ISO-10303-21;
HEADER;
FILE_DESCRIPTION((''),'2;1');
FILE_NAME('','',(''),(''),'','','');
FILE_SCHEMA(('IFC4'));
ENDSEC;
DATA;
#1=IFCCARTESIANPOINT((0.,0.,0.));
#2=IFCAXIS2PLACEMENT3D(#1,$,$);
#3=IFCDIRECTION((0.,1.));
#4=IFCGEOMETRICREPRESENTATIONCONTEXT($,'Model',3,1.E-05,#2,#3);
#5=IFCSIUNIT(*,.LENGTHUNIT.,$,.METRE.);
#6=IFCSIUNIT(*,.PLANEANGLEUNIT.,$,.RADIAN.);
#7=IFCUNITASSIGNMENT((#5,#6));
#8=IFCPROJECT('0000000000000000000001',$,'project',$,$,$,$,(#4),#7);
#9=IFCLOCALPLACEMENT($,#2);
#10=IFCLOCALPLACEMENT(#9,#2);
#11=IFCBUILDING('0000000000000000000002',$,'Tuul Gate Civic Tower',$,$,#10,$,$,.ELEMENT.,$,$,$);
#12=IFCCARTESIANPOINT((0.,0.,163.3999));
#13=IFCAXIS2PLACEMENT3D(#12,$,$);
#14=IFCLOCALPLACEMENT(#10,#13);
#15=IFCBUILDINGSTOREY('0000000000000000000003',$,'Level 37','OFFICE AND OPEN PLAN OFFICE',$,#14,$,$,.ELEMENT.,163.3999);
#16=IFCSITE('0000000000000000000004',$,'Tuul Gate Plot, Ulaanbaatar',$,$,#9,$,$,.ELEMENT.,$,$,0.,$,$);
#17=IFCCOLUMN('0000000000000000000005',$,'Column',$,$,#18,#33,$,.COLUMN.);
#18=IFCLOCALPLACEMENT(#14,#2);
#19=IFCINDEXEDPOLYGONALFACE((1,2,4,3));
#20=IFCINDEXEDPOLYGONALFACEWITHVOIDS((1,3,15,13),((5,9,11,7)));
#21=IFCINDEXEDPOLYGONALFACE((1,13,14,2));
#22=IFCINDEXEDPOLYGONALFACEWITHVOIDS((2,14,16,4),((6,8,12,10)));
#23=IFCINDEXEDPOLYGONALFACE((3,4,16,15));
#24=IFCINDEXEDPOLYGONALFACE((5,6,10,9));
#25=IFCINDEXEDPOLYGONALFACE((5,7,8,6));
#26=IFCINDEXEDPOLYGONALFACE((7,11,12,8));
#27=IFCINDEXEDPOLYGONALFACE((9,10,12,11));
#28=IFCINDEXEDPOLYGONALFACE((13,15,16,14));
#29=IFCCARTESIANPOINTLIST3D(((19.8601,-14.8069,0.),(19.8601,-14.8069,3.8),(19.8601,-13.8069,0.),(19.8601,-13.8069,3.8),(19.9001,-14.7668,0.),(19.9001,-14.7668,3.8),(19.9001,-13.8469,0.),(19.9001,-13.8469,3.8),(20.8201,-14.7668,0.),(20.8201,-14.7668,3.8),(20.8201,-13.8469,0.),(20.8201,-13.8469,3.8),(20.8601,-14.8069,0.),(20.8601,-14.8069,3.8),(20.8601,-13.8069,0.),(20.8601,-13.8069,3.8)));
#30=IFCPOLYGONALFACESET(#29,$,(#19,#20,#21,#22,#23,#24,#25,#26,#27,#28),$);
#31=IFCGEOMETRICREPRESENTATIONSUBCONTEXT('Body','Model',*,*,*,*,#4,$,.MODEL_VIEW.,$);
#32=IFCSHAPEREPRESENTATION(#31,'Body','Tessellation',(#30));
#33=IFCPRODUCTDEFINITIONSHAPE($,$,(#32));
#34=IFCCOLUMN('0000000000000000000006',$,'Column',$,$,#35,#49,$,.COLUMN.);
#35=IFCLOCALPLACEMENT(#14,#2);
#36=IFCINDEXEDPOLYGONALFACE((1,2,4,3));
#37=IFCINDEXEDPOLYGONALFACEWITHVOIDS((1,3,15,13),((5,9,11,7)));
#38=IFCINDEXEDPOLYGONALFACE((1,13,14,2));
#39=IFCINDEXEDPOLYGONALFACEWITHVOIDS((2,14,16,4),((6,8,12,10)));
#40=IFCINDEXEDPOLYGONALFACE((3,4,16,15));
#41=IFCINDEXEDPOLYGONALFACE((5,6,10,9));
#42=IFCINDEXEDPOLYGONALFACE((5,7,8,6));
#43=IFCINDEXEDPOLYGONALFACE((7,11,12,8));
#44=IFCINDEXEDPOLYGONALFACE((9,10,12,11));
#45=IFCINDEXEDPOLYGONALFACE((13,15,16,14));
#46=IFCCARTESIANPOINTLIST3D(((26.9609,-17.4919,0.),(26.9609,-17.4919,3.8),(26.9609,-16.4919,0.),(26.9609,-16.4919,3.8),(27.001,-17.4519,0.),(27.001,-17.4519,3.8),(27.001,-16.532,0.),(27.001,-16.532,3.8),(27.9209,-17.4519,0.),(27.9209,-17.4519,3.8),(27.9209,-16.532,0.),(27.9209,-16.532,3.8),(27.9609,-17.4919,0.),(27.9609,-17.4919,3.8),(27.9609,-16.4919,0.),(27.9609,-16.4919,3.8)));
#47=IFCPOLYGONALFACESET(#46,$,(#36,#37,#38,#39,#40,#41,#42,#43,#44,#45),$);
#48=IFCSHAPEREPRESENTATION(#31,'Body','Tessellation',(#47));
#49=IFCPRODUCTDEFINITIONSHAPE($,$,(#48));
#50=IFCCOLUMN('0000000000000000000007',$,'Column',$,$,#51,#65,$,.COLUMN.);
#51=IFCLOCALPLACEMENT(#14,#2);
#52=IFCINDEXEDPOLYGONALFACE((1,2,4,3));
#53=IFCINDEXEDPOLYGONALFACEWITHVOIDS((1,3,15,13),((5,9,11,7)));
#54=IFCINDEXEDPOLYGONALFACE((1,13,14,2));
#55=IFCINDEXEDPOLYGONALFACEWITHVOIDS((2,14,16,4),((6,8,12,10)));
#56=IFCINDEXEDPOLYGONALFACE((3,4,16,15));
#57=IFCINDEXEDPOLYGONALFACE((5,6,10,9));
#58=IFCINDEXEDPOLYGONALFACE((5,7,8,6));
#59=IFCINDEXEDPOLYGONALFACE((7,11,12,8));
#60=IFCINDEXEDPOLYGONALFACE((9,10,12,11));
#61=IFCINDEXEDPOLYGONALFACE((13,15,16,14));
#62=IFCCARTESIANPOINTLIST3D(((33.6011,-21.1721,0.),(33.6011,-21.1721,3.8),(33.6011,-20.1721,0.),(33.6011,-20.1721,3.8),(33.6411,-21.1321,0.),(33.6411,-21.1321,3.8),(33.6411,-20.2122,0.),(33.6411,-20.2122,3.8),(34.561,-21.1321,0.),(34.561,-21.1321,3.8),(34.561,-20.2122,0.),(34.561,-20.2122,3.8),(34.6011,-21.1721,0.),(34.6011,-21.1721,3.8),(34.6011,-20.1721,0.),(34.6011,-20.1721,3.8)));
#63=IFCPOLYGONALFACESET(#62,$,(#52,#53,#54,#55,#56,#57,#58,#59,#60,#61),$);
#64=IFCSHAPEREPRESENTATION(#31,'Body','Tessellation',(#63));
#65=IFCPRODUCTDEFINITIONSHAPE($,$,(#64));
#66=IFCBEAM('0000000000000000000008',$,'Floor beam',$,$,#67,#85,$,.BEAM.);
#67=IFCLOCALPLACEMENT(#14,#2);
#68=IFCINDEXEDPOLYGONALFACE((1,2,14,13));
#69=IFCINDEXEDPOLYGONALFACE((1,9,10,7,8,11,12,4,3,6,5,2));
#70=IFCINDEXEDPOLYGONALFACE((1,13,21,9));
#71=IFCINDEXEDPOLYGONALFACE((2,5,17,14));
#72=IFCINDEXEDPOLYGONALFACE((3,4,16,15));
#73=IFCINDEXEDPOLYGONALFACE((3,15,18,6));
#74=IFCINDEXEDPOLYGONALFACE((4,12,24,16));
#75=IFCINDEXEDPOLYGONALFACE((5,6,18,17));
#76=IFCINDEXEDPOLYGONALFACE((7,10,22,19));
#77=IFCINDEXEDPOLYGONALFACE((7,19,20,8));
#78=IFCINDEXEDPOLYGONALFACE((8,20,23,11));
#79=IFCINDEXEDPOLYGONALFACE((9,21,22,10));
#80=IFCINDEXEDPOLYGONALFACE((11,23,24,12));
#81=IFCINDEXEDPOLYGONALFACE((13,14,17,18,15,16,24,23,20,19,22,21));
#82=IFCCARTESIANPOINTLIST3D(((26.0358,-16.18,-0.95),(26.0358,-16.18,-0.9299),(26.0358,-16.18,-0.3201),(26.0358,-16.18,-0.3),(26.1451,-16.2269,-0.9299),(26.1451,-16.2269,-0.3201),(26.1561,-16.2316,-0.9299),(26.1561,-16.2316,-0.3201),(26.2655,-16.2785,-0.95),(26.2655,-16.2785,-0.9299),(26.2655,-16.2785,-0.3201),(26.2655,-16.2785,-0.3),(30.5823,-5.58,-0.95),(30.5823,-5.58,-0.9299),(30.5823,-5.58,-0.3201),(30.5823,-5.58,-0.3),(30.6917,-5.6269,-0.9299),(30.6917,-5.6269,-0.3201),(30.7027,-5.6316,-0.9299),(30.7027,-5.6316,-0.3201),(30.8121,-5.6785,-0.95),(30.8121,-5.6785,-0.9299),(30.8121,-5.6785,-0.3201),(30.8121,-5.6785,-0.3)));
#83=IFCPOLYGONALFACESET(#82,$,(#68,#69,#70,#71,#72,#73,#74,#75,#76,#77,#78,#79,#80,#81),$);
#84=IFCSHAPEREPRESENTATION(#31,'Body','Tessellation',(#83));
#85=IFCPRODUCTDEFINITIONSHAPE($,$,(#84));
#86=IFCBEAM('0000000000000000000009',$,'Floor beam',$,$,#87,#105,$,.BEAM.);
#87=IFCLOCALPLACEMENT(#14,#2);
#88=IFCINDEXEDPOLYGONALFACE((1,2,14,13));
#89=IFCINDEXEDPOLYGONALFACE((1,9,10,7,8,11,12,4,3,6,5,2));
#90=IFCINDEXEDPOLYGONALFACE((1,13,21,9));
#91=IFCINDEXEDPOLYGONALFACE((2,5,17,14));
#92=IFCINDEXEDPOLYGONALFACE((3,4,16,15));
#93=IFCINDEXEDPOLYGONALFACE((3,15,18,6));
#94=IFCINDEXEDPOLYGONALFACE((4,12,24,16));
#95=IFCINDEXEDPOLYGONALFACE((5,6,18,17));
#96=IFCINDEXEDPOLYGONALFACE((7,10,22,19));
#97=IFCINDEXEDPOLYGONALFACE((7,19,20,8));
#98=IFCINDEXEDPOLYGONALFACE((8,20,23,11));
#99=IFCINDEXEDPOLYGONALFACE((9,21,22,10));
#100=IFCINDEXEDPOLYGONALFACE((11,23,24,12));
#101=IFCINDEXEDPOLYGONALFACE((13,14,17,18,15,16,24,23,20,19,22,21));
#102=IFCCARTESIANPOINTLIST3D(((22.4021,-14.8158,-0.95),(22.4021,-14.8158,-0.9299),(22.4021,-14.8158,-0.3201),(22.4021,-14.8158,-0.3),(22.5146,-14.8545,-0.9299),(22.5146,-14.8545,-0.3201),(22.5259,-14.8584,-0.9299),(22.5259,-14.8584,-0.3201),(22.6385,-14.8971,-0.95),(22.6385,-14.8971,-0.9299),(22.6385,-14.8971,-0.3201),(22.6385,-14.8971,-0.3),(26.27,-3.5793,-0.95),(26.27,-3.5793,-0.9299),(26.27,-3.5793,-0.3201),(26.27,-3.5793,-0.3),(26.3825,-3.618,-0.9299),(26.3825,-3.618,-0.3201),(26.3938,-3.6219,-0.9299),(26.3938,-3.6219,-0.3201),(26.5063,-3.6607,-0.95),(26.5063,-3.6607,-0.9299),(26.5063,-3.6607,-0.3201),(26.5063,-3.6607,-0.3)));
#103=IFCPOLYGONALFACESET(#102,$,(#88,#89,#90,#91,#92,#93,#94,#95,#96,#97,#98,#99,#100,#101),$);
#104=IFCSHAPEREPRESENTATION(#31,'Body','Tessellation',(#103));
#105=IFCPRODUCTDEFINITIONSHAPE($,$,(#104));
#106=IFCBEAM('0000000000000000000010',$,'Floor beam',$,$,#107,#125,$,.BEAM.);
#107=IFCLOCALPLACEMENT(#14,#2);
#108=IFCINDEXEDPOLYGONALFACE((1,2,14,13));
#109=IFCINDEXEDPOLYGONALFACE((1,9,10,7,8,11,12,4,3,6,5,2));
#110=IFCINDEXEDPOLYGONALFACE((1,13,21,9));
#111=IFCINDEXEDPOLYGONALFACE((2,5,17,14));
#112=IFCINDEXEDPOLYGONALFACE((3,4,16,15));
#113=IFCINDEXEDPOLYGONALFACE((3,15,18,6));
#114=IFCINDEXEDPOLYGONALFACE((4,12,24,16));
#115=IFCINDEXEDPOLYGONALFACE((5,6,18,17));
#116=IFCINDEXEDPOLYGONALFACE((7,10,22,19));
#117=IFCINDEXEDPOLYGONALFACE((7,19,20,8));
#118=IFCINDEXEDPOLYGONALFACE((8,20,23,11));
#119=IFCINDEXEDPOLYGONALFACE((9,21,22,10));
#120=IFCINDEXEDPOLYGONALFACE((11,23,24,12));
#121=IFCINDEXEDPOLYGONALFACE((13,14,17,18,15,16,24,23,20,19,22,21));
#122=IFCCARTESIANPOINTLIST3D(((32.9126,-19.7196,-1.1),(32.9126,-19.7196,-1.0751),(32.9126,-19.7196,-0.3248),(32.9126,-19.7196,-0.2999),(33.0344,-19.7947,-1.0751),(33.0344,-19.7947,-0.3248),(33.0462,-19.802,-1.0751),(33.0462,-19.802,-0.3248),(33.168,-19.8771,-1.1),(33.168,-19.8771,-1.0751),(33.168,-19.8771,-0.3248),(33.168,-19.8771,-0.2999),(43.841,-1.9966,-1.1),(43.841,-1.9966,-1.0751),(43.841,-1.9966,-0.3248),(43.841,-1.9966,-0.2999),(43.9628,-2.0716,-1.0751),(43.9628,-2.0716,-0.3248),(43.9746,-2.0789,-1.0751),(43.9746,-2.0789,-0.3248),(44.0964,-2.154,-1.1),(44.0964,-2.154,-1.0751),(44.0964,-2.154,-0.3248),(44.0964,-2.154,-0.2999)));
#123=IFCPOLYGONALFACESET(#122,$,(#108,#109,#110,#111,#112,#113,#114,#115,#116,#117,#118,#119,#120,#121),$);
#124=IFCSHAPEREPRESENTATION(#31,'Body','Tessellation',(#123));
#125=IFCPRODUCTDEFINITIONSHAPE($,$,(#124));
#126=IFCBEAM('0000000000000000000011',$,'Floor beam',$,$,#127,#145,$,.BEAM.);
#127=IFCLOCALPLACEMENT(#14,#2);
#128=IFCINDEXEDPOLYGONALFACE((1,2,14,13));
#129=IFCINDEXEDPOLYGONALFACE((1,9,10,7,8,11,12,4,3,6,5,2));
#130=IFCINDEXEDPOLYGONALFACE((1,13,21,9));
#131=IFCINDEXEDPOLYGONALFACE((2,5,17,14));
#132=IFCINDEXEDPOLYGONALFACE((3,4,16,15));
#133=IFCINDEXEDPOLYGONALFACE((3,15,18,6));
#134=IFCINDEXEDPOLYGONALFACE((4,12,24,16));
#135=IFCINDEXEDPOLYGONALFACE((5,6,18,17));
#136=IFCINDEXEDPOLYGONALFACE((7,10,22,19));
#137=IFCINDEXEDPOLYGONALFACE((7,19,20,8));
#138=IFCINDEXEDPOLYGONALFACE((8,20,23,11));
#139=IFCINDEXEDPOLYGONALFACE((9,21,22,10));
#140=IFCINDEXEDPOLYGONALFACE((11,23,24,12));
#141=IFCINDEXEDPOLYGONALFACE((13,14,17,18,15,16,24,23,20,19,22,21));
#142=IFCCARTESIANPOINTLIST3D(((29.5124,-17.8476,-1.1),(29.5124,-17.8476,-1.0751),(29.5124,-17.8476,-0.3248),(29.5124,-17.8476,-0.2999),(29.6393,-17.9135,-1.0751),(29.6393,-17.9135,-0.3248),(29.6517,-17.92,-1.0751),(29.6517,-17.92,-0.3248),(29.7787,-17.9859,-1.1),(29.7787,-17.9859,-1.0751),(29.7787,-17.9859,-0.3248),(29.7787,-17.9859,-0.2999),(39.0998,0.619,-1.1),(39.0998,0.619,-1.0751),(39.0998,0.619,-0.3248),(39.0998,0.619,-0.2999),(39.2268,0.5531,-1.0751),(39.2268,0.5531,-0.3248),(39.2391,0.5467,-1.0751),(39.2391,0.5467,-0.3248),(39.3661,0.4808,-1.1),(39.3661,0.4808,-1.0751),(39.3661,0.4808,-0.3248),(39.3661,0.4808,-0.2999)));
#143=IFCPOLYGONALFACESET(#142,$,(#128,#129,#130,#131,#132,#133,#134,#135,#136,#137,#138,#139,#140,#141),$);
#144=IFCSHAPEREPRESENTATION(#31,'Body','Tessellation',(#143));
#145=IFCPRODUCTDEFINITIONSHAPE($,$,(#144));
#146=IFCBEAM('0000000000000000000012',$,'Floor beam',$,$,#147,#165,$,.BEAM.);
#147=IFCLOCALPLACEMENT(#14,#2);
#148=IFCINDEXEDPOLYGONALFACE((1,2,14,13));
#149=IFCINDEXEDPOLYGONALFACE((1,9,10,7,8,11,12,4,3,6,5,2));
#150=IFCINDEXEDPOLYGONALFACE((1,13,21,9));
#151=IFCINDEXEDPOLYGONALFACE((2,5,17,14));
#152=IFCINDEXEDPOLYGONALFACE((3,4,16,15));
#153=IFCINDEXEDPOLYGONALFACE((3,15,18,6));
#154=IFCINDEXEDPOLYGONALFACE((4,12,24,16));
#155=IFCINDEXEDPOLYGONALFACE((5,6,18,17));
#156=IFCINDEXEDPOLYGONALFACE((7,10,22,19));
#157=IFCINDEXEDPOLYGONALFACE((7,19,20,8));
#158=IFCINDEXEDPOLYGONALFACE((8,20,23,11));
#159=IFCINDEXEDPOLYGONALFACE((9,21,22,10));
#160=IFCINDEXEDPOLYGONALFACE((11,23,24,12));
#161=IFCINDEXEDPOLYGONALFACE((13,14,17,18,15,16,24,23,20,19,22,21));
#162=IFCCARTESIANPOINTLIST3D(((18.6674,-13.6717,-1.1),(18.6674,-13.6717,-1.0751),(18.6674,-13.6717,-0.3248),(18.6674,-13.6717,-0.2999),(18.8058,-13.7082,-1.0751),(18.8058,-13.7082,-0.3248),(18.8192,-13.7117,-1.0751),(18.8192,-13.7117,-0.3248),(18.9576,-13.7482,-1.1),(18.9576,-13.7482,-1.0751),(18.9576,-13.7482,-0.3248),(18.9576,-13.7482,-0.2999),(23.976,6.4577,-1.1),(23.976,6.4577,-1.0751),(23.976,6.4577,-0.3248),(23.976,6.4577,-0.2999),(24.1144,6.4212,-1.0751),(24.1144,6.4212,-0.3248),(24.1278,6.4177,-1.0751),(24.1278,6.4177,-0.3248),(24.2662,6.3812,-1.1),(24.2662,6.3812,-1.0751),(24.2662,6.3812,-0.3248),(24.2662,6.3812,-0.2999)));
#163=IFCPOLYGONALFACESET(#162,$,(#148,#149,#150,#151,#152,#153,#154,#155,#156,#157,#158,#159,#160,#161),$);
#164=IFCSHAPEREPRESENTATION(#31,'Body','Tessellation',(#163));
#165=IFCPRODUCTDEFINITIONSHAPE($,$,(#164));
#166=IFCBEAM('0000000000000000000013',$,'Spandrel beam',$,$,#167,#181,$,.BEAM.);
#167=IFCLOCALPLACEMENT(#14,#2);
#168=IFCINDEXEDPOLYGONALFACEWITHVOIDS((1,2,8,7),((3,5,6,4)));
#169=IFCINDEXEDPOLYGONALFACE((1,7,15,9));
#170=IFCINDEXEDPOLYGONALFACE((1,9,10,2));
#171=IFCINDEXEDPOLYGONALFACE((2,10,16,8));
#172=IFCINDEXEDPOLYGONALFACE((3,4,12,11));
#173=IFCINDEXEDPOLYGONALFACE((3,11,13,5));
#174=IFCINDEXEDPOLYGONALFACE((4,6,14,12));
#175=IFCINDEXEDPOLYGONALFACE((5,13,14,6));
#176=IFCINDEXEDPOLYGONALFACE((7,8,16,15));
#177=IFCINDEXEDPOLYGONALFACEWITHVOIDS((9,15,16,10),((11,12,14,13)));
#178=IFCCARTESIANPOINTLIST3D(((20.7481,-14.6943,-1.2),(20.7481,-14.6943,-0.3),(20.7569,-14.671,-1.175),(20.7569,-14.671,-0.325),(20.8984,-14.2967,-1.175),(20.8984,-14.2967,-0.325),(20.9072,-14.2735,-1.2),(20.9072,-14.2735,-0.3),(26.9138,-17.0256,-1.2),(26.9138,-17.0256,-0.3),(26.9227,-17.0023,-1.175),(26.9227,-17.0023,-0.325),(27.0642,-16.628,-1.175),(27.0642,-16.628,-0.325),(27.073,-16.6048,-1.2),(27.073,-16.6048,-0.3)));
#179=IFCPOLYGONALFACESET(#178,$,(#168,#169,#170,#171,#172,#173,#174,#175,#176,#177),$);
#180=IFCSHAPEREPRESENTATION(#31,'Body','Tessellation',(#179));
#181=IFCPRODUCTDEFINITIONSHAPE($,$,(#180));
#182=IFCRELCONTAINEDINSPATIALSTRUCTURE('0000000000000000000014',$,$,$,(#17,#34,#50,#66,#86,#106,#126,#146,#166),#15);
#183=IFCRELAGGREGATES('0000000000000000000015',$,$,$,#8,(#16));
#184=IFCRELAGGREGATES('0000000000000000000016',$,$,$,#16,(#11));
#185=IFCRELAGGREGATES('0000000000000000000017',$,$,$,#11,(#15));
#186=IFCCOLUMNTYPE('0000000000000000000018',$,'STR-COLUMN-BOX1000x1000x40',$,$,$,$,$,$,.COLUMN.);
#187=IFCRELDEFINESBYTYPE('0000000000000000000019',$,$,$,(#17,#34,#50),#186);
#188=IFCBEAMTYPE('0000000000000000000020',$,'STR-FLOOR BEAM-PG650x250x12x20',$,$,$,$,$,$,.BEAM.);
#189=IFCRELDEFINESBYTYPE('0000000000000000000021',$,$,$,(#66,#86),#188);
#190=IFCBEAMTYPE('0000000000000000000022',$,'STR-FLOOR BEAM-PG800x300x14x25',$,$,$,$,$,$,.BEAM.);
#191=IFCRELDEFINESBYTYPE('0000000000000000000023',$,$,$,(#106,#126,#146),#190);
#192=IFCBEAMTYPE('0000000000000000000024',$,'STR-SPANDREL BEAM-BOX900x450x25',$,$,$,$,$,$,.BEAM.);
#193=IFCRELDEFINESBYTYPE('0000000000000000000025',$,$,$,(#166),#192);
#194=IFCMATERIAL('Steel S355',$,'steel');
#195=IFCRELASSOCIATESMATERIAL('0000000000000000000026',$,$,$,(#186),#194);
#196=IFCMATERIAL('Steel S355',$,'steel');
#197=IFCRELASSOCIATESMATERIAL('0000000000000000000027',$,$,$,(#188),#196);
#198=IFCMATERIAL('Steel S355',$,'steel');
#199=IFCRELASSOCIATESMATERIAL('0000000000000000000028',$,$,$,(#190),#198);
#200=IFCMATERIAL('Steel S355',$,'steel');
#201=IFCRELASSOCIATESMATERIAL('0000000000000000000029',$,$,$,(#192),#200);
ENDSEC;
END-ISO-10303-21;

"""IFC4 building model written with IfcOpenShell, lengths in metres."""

from ifc_helpers import new_model, si_unit, direction, frame, origin, origin_2d, place, context, subcontext, project, spatial, hollow_rectangle, i_section, extrude, material, material_profile, profile_set, type_object, element, save


model = new_model("IFC4")

# Units and contexts
model_context = context("Model", 3, precision=1e-05, world=origin(), true_north=direction((0.0, 1.0)))
body_context = subcontext(model_context, "Body", "Model", "MODEL_VIEW")
ifc_project = project(units=[si_unit("LENGTHUNIT", "METRE"), si_unit("PLANEANGLEUNIT", "RADIAN")], contexts=[model_context])

# Site, building, storey
site_placement = place(None, origin())
site = spatial("IfcSite", under=ifc_project, at=site_placement, Name="Tuul Gate Plot, Ulaanbaatar", CompositionType="ELEMENT", RefElevation=0.0)
building_placement = place(site_placement, origin())
building = spatial("IfcBuilding", under=site, at=building_placement, Name="Tuul Gate Civic Tower", CompositionType="ELEMENT")
storey_placement = place(building_placement, frame((0.0, 0.0, 163.3999)))
storey = spatial("IfcBuildingStorey", under=building, at=storey_placement, Name="Level 37", Description="OFFICE AND OPEN PLAN OFFICE", CompositionType="ELEMENT", Elevation=163.3999)

# Columns
ifc_material_1 = material(Name="Steel S355", Category="steel")
ifc_material_profile_1 = material_profile(ifc_material_1, hollow_rectangle(XDim=1.0, YDim=1.0, WallThickness=0.04, at=origin_2d()), Name="BOX1000x1000x40")
ifc_profile_set_1 = profile_set([ifc_material_profile_1], Name="Steel S355")
column_type = type_object("IfcColumnType", Name="STR-COLUMN-BOX1000x1000x40", PredefinedType="COLUMN", material=ifc_profile_set_1)
for number, where, z_axis, x_axis, name in (
    (1, (20.3601, -14.3069, 0.0), (0.0, 0.0, 1.0), (1.0, 0.0, 0.0), "Column"),
    (2, (27.4609, -16.9919, 0.0), (0.0, 0.0, 1.0), (1.0, 0.0, 0.0), "Column"),
    (3, (34.1011, -20.6721, 0.0), (0.0, 0.0, 1.0), (1.0, 0.0, 0.0), "Column"),
):
    element("IfcColumn", number, at=place(storey_placement, frame(where, z_axis=z_axis, x_axis=x_axis)), inside=storey, type_object=column_type, Name=name, PredefinedType="COLUMN", context=body_context, shape_type="SweptSolid", body=[
        extrude(hollow_rectangle(XDim=1.0, YDim=1.0, WallThickness=0.04, at=origin_2d()), origin(), (0.0, 0.0, 1.0), 3.8),
    ])

# Beams
ifc_material_2 = material(Name="Steel S355", Category="steel")
ifc_material_profile_2 = material_profile(ifc_material_2, i_section(OverallWidth=0.25, OverallDepth=0.6499, WebThickness=0.012, FlangeThickness=0.02, at=origin_2d()), Name="PG650x250x12x20")
ifc_profile_set_2 = profile_set([ifc_material_profile_2], Name="Steel S355")
beam_type_1 = type_object("IfcBeamType", Name="STR-FLOOR BEAM-PG650x250x12x20", PredefinedType="BEAM", material=ifc_profile_set_2)
beam_1_placement = place(storey_placement, frame((26.1506, -16.2292, -0.625), z_axis=(0.394193, 0.919028, 0.0), x_axis=(-0.919028, 0.394193, 0.0)))
element("IfcBeam", 4, at=beam_1_placement, inside=storey, type_object=beam_type_1, Name="Floor beam", PredefinedType="BEAM", context=body_context, shape_type="SweptSolid", body=[
    extrude(i_section(OverallWidth=0.25, OverallDepth=0.6499, WebThickness=0.012, FlangeThickness=0.02, at=origin_2d()), origin(), (0.0, 0.0, 1.0), 11.5339),
])
beam_2_placement = place(storey_placement, frame((22.5203, -14.8564, -0.625), z_axis=(0.325482, 0.945548, 0.0), x_axis=(-0.945548, 0.325482, 0.0)))
element("IfcBeam", 5, at=beam_2_placement, inside=storey, type_object=beam_type_1, Name="Floor beam", PredefinedType="BEAM", context=body_context, shape_type="SweptSolid", body=[
    extrude(i_section(OverallWidth=0.25, OverallDepth=0.6499, WebThickness=0.012, FlangeThickness=0.02, at=origin_2d()), origin(), (0.0, 0.0, 1.0), 11.8835),
])
ifc_material_3 = material(Name="Steel S355", Category="steel")
ifc_material_profile_3 = material_profile(ifc_material_3, i_section(OverallWidth=0.3, OverallDepth=0.8, WebThickness=0.0139, FlangeThickness=0.0249, at=origin_2d()), Name="PG800x300x14x25")
ifc_profile_set_3 = profile_set([ifc_material_profile_3], Name="Steel S355")
beam_type_2 = type_object("IfcBeamType", Name="STR-FLOOR BEAM-PG800x300x14x25", PredefinedType="BEAM", material=ifc_profile_set_3)
beam_3_placement = place(storey_placement, frame((33.0403, -19.7983, -0.7), z_axis=(0.524861, 0.851188, 0.0), x_axis=(-0.851188, 0.524861, 0.0)))
element("IfcBeam", 6, at=beam_3_placement, inside=storey, type_object=beam_type_2, Name="Floor beam", PredefinedType="BEAM", context=body_context, shape_type="SweptSolid", body=[
    extrude(i_section(OverallWidth=0.3, OverallDepth=0.8, WebThickness=0.0139, FlangeThickness=0.0249, at=origin_2d()), origin(), (0.0, 0.0, 1.0), 20.8215),
])
beam_4_placement = place(storey_placement, frame((29.6455, -17.9167, -0.7), z_axis=(0.460777, 0.887516, 0.0), x_axis=(-0.887516, 0.460777, 0.0)))
element("IfcBeam", 7, at=beam_4_placement, inside=storey, type_object=beam_type_2, Name="Floor beam", PredefinedType="BEAM", context=body_context, shape_type="SweptSolid", body=[
    extrude(i_section(OverallWidth=0.3, OverallDepth=0.8, WebThickness=0.0139, FlangeThickness=0.0249, at=origin_2d()), origin(), (0.0, 0.0, 1.0), 20.8071),
])
beam_5_placement = place(storey_placement, frame((18.8125, -13.71, -0.7), z_axis=(0.255005, 0.96694, 0.0), x_axis=(-0.96694, 0.255005, 0.0)))
element("IfcBeam", 8, at=beam_5_placement, inside=storey, type_object=beam_type_2, Name="Floor beam", PredefinedType="BEAM", context=body_context, shape_type="SweptSolid", body=[
    extrude(i_section(OverallWidth=0.3, OverallDepth=0.8, WebThickness=0.0139, FlangeThickness=0.0249, at=origin_2d()), origin(), (0.0, 0.0, 1.0), 20.8176),
])
ifc_material_4 = material(Name="Steel S355", Category="steel")
ifc_material_profile_4 = material_profile(ifc_material_4, hollow_rectangle(XDim=0.45, YDim=0.8999, WallThickness=0.0249, at=origin_2d()), Name="BOX900x450x25")
ifc_profile_set_4 = profile_set([ifc_material_profile_4], Name="Steel S355")
beam_type_3 = type_object("IfcBeamType", Name="STR-SPANDREL BEAM-BOX900x450x25", PredefinedType="BEAM", material=ifc_profile_set_4)
beam_6_placement = place(storey_placement, frame((20.8276, -14.4839, -0.75), z_axis=(0.935371, -0.353667, 0.0), x_axis=(0.353667, 0.935371, 0.0)))
element("IfcBeam", 9, at=beam_6_placement, inside=storey, type_object=beam_type_3, Name="Spandrel beam", PredefinedType="BEAM", context=body_context, shape_type="SweptSolid", body=[
    extrude(hollow_rectangle(XDim=0.45, YDim=0.8999, WallThickness=0.0249, at=origin_2d()), origin(), (0.0, 0.0, 1.0), 6.5918),
])

save(model, "model.ifc")
